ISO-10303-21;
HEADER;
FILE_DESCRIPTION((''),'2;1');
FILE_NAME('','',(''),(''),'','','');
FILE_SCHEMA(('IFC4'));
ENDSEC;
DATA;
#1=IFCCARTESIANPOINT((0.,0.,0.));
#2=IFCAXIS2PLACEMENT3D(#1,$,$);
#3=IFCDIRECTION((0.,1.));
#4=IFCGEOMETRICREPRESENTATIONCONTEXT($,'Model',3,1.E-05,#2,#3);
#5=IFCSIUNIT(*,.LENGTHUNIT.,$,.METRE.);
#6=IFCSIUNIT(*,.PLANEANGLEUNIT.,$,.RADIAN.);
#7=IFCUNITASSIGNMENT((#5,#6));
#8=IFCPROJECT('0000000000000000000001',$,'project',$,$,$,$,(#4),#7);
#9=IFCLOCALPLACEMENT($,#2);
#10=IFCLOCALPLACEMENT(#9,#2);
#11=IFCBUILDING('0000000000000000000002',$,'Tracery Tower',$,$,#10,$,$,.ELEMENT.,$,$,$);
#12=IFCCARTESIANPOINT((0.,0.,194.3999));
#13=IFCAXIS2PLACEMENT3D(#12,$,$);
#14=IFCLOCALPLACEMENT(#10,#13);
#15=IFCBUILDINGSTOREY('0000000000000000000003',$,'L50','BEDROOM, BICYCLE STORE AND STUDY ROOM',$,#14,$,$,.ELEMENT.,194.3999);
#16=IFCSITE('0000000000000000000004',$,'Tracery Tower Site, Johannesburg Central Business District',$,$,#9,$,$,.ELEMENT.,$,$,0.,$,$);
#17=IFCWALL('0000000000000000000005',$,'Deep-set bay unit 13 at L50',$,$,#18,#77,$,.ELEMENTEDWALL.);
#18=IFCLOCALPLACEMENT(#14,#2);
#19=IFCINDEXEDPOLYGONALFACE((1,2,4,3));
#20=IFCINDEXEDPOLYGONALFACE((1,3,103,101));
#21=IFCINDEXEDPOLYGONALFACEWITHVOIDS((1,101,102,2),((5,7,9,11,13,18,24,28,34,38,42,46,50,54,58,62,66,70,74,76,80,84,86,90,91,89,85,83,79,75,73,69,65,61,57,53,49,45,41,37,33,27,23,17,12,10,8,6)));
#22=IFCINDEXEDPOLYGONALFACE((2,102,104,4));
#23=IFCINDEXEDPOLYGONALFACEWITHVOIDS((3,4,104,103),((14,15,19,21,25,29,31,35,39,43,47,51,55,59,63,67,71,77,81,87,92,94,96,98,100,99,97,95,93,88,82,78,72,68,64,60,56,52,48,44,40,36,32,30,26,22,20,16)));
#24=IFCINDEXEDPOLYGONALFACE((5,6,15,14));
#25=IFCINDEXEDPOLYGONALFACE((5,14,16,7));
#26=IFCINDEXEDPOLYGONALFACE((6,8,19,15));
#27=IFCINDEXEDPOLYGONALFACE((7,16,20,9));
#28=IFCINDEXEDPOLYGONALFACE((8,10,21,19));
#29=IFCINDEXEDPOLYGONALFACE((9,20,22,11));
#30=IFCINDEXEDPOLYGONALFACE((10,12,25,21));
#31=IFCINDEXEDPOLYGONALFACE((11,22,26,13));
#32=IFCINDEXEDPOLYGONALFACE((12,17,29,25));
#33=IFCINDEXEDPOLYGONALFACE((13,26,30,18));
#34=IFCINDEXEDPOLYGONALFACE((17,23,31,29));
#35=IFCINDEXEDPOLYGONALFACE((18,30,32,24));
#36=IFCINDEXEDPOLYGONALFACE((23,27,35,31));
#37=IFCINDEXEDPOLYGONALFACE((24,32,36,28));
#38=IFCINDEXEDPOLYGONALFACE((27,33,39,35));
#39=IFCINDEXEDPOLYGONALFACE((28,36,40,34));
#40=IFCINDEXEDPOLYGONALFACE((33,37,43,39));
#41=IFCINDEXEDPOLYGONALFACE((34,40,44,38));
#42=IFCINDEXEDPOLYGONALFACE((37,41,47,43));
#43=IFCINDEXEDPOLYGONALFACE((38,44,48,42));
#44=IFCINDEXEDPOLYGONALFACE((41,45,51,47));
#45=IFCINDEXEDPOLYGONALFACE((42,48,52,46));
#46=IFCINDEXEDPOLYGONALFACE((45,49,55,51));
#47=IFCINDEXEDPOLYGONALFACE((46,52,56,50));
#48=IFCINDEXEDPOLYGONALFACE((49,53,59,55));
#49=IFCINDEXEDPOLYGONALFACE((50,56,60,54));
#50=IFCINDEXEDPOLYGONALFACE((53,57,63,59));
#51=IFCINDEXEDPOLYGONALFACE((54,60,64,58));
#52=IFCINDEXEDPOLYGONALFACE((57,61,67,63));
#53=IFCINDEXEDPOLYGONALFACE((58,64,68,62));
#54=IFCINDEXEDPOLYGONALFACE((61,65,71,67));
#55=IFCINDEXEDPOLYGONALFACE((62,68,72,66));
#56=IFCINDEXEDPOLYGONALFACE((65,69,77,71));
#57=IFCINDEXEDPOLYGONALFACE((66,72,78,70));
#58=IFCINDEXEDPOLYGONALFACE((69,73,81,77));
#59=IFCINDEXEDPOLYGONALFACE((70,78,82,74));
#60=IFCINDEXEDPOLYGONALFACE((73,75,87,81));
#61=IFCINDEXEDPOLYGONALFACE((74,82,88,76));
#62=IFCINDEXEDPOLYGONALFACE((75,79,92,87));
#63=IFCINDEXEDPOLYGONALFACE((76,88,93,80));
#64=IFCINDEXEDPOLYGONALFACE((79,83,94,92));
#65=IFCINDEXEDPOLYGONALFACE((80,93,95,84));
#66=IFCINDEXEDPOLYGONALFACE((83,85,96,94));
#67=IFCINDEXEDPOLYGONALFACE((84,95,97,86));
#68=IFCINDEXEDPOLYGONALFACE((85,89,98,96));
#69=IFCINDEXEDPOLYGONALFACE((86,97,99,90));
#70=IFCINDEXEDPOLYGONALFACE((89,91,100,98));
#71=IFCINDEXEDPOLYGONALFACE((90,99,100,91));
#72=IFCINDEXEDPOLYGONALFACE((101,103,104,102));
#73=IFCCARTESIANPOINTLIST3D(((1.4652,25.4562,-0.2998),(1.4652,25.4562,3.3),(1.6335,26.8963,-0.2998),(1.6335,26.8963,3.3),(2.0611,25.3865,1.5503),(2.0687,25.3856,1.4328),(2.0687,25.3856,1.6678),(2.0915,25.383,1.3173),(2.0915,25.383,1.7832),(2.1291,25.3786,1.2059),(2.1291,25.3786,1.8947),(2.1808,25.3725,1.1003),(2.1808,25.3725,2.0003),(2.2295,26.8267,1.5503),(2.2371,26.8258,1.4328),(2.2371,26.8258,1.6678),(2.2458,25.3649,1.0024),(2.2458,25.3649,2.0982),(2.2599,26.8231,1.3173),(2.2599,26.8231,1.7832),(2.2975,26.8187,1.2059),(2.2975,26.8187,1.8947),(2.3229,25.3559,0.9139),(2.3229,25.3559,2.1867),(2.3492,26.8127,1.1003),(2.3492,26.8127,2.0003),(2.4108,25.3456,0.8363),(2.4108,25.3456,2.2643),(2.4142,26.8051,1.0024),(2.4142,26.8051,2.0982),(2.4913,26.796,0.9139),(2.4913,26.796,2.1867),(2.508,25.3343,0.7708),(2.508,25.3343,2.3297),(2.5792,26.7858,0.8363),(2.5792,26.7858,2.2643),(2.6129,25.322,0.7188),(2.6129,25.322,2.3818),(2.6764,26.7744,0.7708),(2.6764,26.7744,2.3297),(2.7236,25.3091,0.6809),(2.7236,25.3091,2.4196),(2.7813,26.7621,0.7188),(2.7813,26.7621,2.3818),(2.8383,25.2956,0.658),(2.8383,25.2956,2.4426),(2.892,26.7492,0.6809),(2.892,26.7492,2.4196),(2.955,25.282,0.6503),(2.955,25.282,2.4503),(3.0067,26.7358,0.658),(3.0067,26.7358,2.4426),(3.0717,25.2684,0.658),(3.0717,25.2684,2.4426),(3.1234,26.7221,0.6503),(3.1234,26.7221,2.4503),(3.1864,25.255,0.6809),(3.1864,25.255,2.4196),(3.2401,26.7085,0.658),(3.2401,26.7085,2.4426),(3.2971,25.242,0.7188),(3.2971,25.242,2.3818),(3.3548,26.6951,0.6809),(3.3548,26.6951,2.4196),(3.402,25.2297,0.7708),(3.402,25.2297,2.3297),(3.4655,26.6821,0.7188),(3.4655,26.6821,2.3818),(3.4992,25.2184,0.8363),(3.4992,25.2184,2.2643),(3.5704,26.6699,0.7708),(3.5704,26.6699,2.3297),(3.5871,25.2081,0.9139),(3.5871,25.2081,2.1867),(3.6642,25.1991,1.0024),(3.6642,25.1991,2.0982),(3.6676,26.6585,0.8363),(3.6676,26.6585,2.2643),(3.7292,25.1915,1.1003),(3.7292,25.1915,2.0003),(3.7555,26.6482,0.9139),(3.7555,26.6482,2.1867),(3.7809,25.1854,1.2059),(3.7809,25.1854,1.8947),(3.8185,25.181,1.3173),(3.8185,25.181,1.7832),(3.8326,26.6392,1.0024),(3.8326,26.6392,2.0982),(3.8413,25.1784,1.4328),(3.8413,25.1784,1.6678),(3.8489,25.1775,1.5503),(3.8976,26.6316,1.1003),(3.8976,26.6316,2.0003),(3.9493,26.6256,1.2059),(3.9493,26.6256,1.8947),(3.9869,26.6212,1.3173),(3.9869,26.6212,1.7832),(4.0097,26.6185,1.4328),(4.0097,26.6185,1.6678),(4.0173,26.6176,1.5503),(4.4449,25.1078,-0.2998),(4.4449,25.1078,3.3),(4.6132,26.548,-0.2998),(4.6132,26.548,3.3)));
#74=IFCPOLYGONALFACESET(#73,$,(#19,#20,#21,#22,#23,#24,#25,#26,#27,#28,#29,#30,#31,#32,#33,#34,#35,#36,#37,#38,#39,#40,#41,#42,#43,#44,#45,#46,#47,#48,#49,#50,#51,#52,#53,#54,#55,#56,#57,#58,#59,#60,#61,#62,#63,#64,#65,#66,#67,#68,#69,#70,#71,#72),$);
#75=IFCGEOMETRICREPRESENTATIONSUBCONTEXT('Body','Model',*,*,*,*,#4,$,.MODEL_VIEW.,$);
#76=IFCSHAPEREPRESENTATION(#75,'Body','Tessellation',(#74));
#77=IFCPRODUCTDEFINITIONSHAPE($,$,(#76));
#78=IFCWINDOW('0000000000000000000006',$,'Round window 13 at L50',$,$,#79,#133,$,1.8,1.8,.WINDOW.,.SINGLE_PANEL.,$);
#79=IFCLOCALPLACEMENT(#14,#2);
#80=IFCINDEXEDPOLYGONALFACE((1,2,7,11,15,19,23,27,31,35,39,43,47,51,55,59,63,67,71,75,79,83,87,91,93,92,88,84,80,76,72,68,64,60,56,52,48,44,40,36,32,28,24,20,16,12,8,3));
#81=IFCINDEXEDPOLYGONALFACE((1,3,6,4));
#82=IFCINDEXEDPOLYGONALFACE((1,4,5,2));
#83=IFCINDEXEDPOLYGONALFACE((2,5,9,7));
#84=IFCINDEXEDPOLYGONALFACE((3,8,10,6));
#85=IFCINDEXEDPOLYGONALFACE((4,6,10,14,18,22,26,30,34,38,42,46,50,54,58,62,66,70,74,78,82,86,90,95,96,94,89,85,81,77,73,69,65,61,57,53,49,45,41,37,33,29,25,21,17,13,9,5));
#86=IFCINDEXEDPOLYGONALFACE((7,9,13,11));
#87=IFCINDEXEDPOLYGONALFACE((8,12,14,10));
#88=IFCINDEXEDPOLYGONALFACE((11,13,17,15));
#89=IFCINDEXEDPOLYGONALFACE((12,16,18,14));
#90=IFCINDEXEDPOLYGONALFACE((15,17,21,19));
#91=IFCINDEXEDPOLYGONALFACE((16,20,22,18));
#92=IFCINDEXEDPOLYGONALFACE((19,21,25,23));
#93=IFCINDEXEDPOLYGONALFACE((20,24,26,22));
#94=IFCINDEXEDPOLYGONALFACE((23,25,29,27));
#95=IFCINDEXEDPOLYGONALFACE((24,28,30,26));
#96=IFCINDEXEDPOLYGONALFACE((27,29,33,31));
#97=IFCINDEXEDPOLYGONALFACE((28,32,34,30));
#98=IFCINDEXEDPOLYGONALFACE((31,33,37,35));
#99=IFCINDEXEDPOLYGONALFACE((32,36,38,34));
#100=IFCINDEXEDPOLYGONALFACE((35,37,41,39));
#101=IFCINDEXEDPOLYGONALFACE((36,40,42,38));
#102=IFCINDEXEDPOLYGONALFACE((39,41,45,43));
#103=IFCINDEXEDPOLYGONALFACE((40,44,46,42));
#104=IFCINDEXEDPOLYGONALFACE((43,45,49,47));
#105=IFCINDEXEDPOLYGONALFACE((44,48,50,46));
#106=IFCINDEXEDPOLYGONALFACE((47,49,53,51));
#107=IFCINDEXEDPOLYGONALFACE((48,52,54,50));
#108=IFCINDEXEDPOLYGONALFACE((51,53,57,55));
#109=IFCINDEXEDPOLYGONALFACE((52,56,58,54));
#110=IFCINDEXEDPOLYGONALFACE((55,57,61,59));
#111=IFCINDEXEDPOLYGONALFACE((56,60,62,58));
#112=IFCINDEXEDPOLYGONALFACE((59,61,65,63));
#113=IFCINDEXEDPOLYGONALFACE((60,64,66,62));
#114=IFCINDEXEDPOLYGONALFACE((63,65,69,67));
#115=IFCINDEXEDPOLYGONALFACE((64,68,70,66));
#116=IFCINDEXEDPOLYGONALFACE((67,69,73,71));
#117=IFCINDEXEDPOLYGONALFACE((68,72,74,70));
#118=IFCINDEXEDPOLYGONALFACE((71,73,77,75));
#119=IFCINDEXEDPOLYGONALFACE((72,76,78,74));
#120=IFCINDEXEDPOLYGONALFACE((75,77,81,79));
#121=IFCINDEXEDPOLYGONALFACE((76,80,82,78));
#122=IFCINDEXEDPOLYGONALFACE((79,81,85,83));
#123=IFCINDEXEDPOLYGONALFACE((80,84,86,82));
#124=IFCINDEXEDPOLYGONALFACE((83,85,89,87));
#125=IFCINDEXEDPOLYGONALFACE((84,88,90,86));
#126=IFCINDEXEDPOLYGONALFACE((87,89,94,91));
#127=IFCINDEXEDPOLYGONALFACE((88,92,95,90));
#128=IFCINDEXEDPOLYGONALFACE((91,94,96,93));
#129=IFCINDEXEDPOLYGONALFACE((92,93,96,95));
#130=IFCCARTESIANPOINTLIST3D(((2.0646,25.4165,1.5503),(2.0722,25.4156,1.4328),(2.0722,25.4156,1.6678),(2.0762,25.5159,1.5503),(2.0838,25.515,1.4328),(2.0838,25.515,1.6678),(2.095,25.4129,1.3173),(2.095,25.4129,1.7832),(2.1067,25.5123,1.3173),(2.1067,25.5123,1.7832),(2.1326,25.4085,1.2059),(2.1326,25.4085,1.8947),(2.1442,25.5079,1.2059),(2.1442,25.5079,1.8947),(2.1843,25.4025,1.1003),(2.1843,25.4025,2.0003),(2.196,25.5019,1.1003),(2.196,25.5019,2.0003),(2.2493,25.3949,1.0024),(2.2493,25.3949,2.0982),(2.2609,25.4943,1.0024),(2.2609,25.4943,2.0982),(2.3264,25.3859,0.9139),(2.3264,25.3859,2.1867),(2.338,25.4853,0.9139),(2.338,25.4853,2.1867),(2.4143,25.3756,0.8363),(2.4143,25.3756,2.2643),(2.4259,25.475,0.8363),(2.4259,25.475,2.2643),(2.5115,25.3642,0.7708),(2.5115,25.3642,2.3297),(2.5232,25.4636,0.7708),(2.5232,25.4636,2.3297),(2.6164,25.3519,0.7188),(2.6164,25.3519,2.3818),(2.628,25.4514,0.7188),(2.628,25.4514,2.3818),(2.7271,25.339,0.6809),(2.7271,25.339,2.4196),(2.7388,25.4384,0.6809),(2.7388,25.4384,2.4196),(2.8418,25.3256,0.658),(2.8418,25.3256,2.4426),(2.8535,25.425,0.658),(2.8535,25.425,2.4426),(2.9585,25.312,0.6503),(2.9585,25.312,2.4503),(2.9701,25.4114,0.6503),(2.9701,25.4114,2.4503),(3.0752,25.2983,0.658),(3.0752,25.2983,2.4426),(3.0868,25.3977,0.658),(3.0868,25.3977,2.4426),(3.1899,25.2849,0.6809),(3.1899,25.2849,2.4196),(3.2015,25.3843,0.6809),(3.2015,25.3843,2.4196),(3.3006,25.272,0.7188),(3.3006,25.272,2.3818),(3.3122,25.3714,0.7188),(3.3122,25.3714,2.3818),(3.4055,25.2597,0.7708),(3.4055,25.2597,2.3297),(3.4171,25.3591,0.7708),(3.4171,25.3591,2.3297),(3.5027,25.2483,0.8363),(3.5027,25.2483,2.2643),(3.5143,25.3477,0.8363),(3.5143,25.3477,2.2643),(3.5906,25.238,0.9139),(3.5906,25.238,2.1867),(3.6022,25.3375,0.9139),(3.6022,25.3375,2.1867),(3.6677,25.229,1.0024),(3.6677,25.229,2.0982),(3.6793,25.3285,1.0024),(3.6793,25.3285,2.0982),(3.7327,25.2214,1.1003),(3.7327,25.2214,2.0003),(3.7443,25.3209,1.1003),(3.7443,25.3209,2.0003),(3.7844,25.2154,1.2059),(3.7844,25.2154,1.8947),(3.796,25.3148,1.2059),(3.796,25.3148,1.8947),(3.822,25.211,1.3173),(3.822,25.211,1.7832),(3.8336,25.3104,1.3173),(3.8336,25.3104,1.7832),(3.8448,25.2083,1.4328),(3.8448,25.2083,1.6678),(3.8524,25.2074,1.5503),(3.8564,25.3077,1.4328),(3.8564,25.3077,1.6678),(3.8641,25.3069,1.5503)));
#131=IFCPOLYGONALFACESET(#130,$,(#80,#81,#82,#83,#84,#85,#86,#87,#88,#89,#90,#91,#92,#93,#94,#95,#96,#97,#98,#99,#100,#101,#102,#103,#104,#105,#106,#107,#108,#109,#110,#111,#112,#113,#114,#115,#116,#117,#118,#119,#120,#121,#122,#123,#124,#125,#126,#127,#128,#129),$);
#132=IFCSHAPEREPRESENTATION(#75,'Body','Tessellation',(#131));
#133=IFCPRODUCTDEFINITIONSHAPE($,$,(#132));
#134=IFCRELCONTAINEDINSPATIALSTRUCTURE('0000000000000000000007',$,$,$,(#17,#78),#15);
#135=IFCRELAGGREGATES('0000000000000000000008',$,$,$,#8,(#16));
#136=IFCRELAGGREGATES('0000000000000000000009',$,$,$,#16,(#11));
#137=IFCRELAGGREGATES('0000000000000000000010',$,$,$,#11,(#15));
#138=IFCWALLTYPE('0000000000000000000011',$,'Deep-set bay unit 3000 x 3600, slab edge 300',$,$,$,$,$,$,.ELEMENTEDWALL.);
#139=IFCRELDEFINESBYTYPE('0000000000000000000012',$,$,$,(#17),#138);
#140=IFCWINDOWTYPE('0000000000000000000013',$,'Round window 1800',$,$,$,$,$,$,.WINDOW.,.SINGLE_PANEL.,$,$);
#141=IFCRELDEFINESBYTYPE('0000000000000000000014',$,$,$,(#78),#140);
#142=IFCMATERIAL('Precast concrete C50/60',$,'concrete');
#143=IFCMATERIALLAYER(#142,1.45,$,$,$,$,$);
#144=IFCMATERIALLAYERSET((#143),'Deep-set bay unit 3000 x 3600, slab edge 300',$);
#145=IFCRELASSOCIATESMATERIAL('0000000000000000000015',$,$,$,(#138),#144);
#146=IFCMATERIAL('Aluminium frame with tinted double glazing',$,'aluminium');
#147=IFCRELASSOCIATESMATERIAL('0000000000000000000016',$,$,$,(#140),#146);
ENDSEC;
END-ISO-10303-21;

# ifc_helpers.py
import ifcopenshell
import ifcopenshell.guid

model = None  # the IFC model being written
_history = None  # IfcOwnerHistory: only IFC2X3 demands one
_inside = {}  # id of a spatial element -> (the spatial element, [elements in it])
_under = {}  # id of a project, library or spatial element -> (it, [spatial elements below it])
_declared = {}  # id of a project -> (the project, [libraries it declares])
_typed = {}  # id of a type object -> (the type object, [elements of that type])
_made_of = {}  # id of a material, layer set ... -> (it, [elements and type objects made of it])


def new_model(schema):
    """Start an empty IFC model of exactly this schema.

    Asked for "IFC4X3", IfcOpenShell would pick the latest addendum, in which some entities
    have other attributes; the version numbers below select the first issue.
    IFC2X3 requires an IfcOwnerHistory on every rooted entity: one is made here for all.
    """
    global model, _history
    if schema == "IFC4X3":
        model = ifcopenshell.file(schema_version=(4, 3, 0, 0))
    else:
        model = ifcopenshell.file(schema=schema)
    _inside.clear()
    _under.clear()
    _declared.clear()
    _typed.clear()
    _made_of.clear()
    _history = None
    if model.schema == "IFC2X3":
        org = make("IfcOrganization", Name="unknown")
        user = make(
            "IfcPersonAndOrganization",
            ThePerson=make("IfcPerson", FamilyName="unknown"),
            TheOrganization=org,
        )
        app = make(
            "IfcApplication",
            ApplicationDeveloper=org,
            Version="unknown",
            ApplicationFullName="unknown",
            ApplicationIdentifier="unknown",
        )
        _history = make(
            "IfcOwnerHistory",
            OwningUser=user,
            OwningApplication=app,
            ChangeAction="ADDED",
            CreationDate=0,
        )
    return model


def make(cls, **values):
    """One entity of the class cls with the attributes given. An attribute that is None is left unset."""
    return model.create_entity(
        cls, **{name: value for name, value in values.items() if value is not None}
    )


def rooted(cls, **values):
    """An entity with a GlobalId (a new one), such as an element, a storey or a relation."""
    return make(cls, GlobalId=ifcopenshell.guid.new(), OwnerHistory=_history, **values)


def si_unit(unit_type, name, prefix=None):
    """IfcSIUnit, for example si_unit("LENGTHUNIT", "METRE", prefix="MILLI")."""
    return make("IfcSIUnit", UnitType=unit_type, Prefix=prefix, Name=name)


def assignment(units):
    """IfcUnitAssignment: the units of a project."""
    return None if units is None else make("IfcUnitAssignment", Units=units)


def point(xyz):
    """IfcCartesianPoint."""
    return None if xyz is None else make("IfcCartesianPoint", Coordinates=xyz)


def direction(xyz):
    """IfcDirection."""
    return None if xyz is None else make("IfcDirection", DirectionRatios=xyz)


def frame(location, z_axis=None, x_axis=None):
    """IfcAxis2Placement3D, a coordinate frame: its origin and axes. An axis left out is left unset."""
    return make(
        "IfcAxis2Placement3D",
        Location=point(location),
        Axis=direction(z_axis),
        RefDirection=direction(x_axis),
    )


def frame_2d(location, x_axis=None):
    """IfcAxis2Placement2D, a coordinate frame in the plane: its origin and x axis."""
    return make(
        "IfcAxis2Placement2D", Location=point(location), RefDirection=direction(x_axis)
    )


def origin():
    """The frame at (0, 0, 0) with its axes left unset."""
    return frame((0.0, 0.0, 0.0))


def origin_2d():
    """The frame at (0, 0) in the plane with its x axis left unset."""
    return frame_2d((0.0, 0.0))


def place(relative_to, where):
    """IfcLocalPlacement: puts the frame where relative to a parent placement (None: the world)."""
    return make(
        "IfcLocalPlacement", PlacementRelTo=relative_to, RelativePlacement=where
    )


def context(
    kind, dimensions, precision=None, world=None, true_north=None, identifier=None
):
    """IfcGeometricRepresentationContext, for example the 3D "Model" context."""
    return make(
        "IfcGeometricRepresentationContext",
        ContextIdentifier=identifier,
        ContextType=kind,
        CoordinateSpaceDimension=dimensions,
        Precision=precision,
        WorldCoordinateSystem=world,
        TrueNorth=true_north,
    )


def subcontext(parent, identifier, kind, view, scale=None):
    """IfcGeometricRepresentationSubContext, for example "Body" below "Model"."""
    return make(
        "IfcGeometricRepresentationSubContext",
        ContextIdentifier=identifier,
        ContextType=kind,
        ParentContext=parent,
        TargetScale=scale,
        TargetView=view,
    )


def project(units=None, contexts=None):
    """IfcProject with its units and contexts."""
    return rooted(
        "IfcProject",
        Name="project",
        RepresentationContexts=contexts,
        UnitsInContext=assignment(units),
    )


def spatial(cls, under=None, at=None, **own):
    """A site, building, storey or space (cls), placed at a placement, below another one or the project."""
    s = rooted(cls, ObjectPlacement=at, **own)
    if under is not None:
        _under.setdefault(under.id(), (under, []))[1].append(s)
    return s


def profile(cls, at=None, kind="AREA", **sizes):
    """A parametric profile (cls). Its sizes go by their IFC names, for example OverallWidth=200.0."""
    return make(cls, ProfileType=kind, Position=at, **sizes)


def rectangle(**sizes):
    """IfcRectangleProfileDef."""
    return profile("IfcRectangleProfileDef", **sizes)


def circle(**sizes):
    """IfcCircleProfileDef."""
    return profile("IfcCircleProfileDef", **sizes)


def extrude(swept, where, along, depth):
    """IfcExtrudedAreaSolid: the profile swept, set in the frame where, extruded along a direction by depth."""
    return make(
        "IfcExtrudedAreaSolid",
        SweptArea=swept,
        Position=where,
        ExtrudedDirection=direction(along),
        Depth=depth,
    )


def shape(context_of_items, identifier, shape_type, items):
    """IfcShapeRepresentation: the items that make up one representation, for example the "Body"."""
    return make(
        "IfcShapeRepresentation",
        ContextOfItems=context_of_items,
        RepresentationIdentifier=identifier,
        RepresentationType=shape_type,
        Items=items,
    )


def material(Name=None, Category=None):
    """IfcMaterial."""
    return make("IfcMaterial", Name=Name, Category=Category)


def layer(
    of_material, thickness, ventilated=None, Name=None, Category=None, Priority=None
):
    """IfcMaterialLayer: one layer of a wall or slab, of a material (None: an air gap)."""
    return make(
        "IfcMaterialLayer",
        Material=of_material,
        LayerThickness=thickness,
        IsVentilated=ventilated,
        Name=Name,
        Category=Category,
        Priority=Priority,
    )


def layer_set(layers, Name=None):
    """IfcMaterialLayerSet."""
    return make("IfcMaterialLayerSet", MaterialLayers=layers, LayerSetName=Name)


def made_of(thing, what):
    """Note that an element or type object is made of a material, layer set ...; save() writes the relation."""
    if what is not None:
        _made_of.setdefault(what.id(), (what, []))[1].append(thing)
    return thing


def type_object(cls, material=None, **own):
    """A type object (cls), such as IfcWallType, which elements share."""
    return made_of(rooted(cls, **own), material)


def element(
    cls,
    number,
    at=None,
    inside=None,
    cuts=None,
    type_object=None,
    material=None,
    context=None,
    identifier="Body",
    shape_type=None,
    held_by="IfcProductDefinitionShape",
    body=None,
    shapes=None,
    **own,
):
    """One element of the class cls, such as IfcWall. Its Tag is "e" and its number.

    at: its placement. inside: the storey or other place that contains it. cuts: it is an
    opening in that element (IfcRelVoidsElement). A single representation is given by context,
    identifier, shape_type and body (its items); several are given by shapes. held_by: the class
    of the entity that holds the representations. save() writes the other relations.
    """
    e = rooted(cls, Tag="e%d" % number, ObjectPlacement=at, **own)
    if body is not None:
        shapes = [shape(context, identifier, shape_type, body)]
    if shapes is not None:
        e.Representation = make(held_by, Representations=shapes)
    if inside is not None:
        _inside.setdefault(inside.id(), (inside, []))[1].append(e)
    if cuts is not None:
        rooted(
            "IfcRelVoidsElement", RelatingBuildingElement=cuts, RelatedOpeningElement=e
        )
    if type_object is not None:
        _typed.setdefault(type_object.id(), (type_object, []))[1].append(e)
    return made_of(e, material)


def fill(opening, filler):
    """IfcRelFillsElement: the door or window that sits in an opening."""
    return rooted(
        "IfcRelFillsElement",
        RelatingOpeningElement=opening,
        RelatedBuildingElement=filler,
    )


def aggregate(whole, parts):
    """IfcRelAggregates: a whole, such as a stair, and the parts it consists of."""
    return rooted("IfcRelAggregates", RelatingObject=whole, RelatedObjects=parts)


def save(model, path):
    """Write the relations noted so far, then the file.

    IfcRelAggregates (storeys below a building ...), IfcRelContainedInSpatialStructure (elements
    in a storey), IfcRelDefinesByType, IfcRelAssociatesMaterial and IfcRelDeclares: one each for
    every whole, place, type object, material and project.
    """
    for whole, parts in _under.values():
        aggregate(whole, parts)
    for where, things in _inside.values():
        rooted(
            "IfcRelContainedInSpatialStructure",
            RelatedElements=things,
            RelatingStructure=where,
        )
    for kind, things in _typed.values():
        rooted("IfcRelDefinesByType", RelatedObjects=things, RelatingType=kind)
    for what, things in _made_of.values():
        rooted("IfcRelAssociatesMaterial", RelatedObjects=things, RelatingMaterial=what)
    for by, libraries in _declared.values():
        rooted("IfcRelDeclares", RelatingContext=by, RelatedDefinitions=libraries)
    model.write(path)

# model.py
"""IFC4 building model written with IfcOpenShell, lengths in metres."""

from ifc_helpers import new_model, si_unit, direction, frame, frame_2d, origin, origin_2d, place, context, subcontext, project, spatial, rectangle, circle, extrude, material, layer, layer_set, type_object, element, fill, save


model = new_model("IFC4")

# Units and contexts
model_context = context("Model", 3, precision=1e-05, world=origin(), true_north=direction((0.0, 1.0)))
body_context = subcontext(model_context, "Body", "Model", "MODEL_VIEW")
ifc_project = project(units=[si_unit("LENGTHUNIT", "METRE"), si_unit("PLANEANGLEUNIT", "RADIAN")], contexts=[model_context])

# Site, building, storey
site_placement = place(None, origin())
site = spatial("IfcSite", under=ifc_project, at=site_placement, Name="Tracery Tower Site, Johannesburg Central Business District", CompositionType="ELEMENT", RefElevation=0.0)
building_placement = place(site_placement, origin())
building = spatial("IfcBuilding", under=site, at=building_placement, Name="Tracery Tower", CompositionType="ELEMENT")
storey_placement = place(building_placement, frame((0.0, 0.0, 194.3999)))
storey = spatial("IfcBuildingStorey", under=building, at=storey_placement, Name="L50", Description="BEDROOM, BICYCLE STORE AND STUDY ROOM", CompositionType="ELEMENT", Elevation=194.3999)

# Wall, opening, window
ifc_material_1 = material(Name="Precast concrete C50/60", Category="concrete")
ifc_layer_1 = layer(ifc_material_1, 1.45)
ifc_layer_set_1 = layer_set([ifc_layer_1], Name="Deep-set bay unit 3000 x 3600, slab edge 300")
wall_type_1 = type_object("IfcWallType", Name="Deep-set bay unit 3000 x 3600, slab edge 300", PredefinedType="ELEMENTEDWALL", material=ifc_layer_set_1)
wall_1_placement = place(storey_placement, frame((4.5291, 25.8279, -0.2998), z_axis=(0.0, 0.0, 1.0), x_axis=(-0.993234, 0.116128, 0.0)))
wall_1 = element("IfcWall", 1, at=wall_1_placement, inside=storey, type_object=wall_type_1, Name="Deep-set bay unit 13 at L50", PredefinedType="ELEMENTEDWALL", context=body_context, shape_type="SweptSolid", body=[
    extrude(rectangle(XDim=3.0, YDim=1.45, at=frame_2d((1.5, 0.0))), origin(), (0.0, 0.0, 1.0), 3.5999),
])
opening_1_placement = place(wall_1_placement, frame((1.5, 0.0, 1.8501)))
opening_1 = element("IfcOpeningElement", 2, at=opening_1_placement, cuts=wall_1, PredefinedType="OPENING", context=body_context, shape_type="SweptSolid", body=[
    extrude(circle(Radius=0.9, at=origin_2d()), frame((0.0, 0.7349, 0.0), z_axis=(0.0, -1.0, 0.0), x_axis=(1.0, 0.0, 0.0)), (0.0, 0.0, 1.0), 1.47),
])
ifc_material_2 = material(Name="Aluminium frame with tinted double glazing", Category="aluminium")
window_type = type_object("IfcWindowType", Name="Round window 1800", PartitioningType="SINGLE_PANEL", PredefinedType="WINDOW", material=ifc_material_2)
window_1_placement = place(opening_1_placement, origin())
window_1 = element("IfcWindow", 3, at=window_1_placement, inside=storey, type_object=window_type, Name="Round window 13 at L50", OverallHeight=1.8, OverallWidth=1.8, PartitioningType="SINGLE_PANEL", PredefinedType="WINDOW", context=body_context, shape_type="SweptSolid", body=[
    extrude(circle(Radius=0.9, at=origin_2d()), frame((0.0, 0.6948, 0.0), z_axis=(0.0, -1.0, 0.0), x_axis=(1.0, 0.0, 0.0)), (0.0, 0.0, 1.0), 0.1001),
])
fill(opening_1, window_1)

save(model, "model.ifc")
